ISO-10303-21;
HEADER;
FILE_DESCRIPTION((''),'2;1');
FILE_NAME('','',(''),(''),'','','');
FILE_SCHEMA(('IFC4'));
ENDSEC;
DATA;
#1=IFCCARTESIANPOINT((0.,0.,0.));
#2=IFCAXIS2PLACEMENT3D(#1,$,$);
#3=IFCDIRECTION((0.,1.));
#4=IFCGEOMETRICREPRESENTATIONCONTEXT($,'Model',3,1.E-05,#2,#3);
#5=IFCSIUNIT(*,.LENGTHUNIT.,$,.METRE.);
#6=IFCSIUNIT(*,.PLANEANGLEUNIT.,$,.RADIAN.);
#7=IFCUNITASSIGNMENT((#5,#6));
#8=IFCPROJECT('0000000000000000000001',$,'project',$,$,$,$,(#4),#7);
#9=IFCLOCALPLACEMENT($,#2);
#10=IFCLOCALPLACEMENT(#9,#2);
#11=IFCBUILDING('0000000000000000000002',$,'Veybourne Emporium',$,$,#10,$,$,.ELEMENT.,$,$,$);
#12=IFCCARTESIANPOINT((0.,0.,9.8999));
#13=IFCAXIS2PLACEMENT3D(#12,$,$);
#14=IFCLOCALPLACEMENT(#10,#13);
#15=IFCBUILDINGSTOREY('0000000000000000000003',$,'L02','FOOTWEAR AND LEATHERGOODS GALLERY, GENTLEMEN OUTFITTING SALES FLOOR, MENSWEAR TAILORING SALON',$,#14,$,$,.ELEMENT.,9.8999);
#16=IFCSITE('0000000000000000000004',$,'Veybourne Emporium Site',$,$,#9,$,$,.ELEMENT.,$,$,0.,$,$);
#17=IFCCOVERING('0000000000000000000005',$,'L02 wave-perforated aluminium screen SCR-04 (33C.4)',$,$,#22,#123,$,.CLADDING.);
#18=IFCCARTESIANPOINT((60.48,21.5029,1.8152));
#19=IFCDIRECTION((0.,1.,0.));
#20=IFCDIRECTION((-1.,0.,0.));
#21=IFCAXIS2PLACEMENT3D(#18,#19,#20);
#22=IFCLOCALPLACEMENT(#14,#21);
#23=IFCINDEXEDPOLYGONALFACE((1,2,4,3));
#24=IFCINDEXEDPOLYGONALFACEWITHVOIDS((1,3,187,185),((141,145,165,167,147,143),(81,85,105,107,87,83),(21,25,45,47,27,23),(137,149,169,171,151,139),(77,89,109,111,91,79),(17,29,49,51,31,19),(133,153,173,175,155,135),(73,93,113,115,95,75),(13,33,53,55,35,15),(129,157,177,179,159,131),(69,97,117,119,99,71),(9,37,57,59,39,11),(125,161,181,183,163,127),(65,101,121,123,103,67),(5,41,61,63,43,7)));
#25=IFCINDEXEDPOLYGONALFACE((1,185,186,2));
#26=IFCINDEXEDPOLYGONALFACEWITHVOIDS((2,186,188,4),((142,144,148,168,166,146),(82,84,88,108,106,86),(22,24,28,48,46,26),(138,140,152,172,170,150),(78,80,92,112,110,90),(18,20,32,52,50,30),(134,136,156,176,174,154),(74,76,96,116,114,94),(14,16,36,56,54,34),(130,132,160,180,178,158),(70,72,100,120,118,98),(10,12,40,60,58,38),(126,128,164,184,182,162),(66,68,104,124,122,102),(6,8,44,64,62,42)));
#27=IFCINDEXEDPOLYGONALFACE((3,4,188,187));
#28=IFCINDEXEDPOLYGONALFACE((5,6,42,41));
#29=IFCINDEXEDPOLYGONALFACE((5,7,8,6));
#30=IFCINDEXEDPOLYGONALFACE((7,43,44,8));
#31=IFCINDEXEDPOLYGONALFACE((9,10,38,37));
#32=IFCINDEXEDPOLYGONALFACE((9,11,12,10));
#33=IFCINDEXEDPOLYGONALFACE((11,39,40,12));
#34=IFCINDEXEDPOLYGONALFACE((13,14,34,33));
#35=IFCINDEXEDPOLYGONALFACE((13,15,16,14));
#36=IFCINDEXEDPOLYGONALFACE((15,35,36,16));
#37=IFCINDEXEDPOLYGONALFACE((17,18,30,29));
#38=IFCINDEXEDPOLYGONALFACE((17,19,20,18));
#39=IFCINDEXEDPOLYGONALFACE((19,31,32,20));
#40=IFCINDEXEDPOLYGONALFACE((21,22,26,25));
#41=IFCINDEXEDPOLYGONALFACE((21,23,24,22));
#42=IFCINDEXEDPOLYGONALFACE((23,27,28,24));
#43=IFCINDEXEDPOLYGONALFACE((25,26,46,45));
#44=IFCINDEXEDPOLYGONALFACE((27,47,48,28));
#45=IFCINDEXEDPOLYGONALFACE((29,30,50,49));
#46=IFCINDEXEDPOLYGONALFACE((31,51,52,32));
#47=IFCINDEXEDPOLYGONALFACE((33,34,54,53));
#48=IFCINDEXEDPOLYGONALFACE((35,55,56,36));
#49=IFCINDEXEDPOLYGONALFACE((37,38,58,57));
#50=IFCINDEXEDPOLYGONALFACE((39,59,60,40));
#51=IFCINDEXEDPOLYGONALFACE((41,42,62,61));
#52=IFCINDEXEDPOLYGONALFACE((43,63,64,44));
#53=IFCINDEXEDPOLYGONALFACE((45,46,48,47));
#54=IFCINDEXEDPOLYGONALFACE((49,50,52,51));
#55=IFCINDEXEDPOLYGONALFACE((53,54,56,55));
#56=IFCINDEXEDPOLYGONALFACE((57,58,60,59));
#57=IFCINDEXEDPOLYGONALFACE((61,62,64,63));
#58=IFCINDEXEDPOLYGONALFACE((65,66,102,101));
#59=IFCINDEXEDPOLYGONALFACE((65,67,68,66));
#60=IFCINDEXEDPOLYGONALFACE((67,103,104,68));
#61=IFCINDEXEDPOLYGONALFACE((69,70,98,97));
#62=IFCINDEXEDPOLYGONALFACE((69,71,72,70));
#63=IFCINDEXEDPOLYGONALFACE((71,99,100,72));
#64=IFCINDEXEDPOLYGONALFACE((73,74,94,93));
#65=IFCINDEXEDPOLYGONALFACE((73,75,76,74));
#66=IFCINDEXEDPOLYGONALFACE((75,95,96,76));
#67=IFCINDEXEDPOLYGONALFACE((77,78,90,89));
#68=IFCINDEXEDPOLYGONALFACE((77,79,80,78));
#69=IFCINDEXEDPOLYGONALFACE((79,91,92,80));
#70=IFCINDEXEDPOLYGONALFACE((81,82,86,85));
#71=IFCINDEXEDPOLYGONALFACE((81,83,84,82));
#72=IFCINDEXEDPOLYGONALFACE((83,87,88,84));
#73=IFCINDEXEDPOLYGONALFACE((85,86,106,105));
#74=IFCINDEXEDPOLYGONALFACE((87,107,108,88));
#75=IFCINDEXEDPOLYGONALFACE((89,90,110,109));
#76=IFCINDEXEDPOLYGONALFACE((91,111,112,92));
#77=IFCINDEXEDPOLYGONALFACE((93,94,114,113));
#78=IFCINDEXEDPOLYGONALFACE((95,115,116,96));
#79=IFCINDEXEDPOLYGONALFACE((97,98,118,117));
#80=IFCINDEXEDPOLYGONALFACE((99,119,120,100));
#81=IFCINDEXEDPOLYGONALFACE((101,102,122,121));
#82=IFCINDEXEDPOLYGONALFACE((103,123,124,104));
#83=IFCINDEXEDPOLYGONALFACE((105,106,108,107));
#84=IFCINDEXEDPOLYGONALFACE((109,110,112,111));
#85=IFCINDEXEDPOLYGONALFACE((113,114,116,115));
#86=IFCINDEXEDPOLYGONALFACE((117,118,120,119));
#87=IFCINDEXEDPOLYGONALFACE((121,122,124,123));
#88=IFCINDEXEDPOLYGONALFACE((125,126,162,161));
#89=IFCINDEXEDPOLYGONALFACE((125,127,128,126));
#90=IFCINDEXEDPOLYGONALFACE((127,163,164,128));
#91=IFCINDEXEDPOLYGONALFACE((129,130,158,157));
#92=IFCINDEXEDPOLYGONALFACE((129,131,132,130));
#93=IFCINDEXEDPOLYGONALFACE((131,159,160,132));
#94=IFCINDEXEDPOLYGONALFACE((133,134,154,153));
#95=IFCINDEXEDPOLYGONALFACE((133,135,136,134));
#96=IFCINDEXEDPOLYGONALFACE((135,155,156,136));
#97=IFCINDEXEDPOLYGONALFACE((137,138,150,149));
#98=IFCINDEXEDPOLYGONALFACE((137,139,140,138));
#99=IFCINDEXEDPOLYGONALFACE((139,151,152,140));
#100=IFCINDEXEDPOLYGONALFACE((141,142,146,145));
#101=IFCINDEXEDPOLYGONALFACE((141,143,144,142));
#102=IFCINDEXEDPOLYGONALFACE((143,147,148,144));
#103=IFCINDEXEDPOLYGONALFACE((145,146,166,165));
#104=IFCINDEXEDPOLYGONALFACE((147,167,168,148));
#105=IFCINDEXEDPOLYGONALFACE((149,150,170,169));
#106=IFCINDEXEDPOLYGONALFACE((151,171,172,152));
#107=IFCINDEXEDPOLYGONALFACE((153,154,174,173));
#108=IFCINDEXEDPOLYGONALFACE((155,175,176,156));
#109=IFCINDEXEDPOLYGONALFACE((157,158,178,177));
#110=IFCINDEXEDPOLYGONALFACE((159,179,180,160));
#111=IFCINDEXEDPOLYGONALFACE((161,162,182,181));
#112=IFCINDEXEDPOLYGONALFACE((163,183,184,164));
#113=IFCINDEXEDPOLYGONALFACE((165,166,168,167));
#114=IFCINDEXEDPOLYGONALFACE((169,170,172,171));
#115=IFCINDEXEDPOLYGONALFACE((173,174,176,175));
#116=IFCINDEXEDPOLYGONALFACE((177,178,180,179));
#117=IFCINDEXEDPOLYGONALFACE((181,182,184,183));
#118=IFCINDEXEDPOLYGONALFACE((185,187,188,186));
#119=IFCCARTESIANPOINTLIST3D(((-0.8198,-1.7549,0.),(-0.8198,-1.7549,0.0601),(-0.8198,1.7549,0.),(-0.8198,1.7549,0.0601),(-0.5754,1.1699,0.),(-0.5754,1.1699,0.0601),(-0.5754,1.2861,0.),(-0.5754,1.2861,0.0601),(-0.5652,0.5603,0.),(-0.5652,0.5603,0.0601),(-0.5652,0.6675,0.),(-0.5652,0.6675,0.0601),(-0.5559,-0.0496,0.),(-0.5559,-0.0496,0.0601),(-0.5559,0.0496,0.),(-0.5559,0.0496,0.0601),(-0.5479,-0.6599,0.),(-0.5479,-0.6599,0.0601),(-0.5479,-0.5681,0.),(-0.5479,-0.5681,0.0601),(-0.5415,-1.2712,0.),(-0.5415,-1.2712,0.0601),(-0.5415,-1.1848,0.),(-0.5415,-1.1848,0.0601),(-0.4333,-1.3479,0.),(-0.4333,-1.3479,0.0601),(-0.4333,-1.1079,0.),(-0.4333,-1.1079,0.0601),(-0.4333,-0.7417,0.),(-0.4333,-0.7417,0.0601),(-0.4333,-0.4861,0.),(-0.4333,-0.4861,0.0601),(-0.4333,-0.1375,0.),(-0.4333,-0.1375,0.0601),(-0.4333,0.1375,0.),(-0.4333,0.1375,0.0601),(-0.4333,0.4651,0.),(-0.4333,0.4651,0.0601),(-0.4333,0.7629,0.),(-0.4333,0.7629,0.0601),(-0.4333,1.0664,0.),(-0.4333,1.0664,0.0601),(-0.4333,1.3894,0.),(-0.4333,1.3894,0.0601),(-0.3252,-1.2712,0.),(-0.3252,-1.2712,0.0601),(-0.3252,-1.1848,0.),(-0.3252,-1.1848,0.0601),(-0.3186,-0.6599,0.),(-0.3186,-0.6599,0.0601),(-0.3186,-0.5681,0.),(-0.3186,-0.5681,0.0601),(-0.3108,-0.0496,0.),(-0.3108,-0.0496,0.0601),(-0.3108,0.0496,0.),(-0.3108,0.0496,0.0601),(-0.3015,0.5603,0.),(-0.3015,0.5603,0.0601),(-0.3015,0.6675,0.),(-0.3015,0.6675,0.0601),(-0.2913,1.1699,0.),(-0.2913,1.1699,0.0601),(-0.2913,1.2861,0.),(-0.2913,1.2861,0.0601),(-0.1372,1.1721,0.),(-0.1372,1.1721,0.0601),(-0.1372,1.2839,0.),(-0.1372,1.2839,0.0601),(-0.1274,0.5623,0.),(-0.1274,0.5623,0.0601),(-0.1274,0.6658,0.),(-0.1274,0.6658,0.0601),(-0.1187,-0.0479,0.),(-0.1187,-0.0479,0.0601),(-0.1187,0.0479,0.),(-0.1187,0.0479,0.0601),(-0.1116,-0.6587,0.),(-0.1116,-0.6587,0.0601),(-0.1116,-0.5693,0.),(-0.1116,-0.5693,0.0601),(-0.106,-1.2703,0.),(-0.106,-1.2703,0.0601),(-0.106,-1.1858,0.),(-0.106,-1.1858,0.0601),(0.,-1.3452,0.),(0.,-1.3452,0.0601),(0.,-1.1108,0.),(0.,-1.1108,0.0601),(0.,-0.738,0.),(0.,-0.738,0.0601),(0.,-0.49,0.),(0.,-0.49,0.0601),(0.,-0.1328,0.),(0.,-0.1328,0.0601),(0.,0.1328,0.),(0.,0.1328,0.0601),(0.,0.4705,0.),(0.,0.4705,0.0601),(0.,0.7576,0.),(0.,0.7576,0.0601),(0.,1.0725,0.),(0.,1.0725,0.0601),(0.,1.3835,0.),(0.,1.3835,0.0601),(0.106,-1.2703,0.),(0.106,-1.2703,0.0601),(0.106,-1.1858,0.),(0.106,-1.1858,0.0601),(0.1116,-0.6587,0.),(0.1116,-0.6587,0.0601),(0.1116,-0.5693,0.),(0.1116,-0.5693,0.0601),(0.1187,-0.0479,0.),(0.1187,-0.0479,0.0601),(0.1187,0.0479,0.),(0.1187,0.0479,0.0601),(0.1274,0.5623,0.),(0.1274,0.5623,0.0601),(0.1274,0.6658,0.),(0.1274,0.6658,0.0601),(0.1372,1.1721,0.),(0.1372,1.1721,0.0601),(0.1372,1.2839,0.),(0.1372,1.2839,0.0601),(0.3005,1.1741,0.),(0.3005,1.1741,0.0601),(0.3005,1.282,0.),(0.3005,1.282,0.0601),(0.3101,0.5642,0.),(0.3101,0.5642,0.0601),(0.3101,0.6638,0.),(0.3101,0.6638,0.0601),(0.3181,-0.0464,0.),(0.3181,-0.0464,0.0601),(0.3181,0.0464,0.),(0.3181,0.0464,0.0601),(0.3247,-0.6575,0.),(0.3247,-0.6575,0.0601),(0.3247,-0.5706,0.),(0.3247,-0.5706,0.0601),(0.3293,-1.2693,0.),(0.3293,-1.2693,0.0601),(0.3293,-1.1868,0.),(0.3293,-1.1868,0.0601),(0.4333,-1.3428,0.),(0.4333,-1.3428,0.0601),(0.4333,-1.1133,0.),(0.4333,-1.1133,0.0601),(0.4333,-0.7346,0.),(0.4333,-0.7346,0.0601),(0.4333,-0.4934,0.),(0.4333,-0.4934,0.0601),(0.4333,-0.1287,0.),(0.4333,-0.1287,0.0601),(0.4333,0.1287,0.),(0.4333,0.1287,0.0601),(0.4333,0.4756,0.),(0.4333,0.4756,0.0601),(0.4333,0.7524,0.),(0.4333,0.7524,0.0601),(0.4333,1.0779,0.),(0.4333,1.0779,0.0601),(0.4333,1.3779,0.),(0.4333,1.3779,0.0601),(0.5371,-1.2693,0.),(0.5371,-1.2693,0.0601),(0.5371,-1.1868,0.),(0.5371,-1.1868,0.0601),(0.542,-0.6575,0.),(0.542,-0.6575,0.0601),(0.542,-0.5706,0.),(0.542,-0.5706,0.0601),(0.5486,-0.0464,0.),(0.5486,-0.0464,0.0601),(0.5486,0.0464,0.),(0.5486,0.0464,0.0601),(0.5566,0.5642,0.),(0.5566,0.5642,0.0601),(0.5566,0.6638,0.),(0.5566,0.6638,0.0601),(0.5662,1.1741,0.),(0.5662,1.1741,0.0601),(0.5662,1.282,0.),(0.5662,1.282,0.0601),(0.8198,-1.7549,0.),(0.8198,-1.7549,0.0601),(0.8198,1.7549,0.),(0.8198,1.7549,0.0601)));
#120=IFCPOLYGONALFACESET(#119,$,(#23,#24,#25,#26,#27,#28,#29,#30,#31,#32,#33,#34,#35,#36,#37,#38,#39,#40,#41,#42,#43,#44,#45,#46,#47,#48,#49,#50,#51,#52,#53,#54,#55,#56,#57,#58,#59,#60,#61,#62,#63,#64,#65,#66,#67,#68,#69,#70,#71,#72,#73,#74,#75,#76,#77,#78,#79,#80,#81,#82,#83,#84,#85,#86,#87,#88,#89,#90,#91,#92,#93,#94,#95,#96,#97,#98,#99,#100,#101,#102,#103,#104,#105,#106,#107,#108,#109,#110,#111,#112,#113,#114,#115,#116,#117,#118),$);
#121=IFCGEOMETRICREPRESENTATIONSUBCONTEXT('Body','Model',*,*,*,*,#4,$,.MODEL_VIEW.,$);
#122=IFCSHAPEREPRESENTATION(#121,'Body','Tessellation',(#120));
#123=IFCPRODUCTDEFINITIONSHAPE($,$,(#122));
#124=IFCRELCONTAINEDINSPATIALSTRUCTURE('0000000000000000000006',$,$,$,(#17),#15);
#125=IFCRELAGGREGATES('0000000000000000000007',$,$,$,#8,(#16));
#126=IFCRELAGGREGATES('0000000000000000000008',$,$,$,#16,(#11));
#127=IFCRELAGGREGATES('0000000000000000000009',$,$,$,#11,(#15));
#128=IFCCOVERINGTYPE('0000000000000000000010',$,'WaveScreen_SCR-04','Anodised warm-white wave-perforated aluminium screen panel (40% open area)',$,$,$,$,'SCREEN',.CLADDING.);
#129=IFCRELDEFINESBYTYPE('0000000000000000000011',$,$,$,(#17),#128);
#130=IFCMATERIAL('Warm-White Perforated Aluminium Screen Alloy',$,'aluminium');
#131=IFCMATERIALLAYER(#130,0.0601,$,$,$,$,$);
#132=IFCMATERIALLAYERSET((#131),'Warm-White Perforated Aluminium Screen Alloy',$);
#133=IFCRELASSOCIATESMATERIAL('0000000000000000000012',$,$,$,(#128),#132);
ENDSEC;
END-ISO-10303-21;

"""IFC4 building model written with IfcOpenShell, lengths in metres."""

from ifc_helpers import new_model, si_unit, direction, frame, origin, place, context, subcontext, project, spatial, polyline, outline, extrude, material, layer, layer_set, type_object, element, save


model = new_model("IFC4")

# Units and contexts
model_context = context("Model", 3, precision=1e-05, world=origin(), true_north=direction((0.0, 1.0)))
body_context = subcontext(model_context, "Body", "Model", "MODEL_VIEW")
ifc_project = project(units=[si_unit("LENGTHUNIT", "METRE"), si_unit("PLANEANGLEUNIT", "RADIAN")], contexts=[model_context])

# Site, building, storey
site_placement = place(None, origin())
site = spatial("IfcSite", under=ifc_project, at=site_placement, Name="Veybourne Emporium Site", CompositionType="ELEMENT", RefElevation=0.0)
building_placement = place(site_placement, origin())
building = spatial("IfcBuilding", under=site, at=building_placement, Name="Veybourne Emporium", CompositionType="ELEMENT")
storey_placement = place(building_placement, frame((0.0, 0.0, 9.8999)))
storey = spatial("IfcBuildingStorey", under=building, at=storey_placement, Name="L02", Description="FOOTWEAR AND LEATHERGOODS GALLERY, GENTLEMEN OUTFITTING SALES FLOOR, MENSWEAR TAILORING SALON", CompositionType="ELEMENT", Elevation=9.8999)

# Covering
ifc_material_1 = material(Name="Warm-White Perforated Aluminium Screen Alloy", Category="aluminium")
ifc_layer_1 = layer(ifc_material_1, 0.0601)
ifc_layer_set_1 = layer_set([ifc_layer_1], Name="Warm-White Perforated Aluminium Screen Alloy")
covering_type_1 = type_object("IfcCoveringType", Name="WaveScreen_SCR-04", Description="Anodised warm-white wave-perforated aluminium screen panel (40% open area)", ElementType="SCREEN", PredefinedType="CLADDING", material=ifc_layer_set_1)
covering_1_placement = place(storey_placement, frame((60.48, 21.5029, 1.8152), z_axis=(0.0, 1.0, 0.0), x_axis=(-1.0, 0.0, 0.0)))
element("IfcCovering", 1, at=covering_1_placement, inside=storey, type_object=covering_type_1, Name="L02 wave-perforated aluminium screen SCR-04 (33C.4)", PredefinedType="CLADDING", context=body_context, shape_type="SweptSolid", body=[
    extrude(outline(polyline([(-0.8198, -1.7549), (0.8198, -1.7549), (0.8198, 1.7549), (-0.8198, 1.7549), (-0.8198, -1.7549)]), holes=[polyline([(-0.4333, -1.1079), (-0.3252, -1.1848), (-0.3252, -1.2712), (-0.4333, -1.3479), (-0.5415, -1.2712), (-0.5415, -1.1848), (-0.4333, -1.1079)]), polyline([(-0.4333, -0.4861), (-0.3186, -0.5681), (-0.3186, -0.6599), (-0.4333, -0.7417), (-0.5479, -0.6599), (-0.5479, -0.5681), (-0.4333, -0.4861)]), polyline([(-0.4333, 0.1375), (-0.3108, 0.0496), (-0.3108, -0.0496), (-0.4333, -0.1375), (-0.5559, -0.0496), (-0.5559, 0.0496), (-0.4333, 0.1375)]), polyline([(-0.4333, 0.7629), (-0.3015, 0.6675), (-0.3015, 0.5603), (-0.4333, 0.4651), (-0.5652, 0.5603), (-0.5652, 0.6675), (-0.4333, 0.7629)]), polyline([(-0.4333, 1.3894), (-0.2913, 1.2861), (-0.2913, 1.1699), (-0.4333, 1.0664), (-0.5754, 1.1699), (-0.5754, 1.2861), (-0.4333, 1.3894)]), polyline([(0.0, -1.1108), (0.106, -1.1858), (0.106, -1.2703), (0.0, -1.3452), (-0.106, -1.2703), (-0.106, -1.1858), (0.0, -1.1108)]), polyline([(0.0, -0.49), (0.1116, -0.5693), (0.1116, -0.6587), (0.0, -0.738), (-0.1116, -0.6587), (-0.1116, -0.5693), (0.0, -0.49)]), polyline([(0.0, 0.1328), (0.1187, 0.0479), (0.1187, -0.0479), (0.0, -0.1328), (-0.1187, -0.0479), (-0.1187, 0.0479), (0.0, 0.1328)]), polyline([(0.0, 0.7576), (0.1274, 0.6658), (0.1274, 0.5623), (0.0, 0.4705), (-0.1274, 0.5623), (-0.1274, 0.6658), (0.0, 0.7576)]), polyline([(0.0, 1.3835), (0.1372, 1.2839), (0.1372, 1.1721), (0.0, 1.0725), (-0.1372, 1.1721), (-0.1372, 1.2839), (0.0, 1.3835)]), polyline([(0.4333, -1.1133), (0.5371, -1.1868), (0.5371, -1.2693), (0.4333, -1.3428), (0.3293, -1.2693), (0.3293, -1.1868), (0.4333, -1.1133)]), polyline([(0.4333, -0.4934), (0.542, -0.5706), (0.542, -0.6575), (0.4333, -0.7346), (0.3247, -0.6575), (0.3247, -0.5706), (0.4333, -0.4934)]), polyline([(0.4333, 0.1287), (0.5486, 0.0464), (0.5486, -0.0464), (0.4333, -0.1287), (0.3181, -0.0464), (0.3181, 0.0464), (0.4333, 0.1287)]), polyline([(0.4333, 0.7524), (0.5566, 0.6638), (0.5566, 0.5642), (0.4333, 0.4756), (0.3101, 0.5642), (0.3101, 0.6638), (0.4333, 0.7524)]), polyline([(0.4333, 1.3779), (0.5662, 1.282), (0.5662, 1.1741), (0.4333, 1.0779), (0.3005, 1.1741), (0.3005, 1.282), (0.4333, 1.3779)])]), origin(), (0.0, 0.0, 1.0), 0.0601),
])

save(model, "model.ifc")
